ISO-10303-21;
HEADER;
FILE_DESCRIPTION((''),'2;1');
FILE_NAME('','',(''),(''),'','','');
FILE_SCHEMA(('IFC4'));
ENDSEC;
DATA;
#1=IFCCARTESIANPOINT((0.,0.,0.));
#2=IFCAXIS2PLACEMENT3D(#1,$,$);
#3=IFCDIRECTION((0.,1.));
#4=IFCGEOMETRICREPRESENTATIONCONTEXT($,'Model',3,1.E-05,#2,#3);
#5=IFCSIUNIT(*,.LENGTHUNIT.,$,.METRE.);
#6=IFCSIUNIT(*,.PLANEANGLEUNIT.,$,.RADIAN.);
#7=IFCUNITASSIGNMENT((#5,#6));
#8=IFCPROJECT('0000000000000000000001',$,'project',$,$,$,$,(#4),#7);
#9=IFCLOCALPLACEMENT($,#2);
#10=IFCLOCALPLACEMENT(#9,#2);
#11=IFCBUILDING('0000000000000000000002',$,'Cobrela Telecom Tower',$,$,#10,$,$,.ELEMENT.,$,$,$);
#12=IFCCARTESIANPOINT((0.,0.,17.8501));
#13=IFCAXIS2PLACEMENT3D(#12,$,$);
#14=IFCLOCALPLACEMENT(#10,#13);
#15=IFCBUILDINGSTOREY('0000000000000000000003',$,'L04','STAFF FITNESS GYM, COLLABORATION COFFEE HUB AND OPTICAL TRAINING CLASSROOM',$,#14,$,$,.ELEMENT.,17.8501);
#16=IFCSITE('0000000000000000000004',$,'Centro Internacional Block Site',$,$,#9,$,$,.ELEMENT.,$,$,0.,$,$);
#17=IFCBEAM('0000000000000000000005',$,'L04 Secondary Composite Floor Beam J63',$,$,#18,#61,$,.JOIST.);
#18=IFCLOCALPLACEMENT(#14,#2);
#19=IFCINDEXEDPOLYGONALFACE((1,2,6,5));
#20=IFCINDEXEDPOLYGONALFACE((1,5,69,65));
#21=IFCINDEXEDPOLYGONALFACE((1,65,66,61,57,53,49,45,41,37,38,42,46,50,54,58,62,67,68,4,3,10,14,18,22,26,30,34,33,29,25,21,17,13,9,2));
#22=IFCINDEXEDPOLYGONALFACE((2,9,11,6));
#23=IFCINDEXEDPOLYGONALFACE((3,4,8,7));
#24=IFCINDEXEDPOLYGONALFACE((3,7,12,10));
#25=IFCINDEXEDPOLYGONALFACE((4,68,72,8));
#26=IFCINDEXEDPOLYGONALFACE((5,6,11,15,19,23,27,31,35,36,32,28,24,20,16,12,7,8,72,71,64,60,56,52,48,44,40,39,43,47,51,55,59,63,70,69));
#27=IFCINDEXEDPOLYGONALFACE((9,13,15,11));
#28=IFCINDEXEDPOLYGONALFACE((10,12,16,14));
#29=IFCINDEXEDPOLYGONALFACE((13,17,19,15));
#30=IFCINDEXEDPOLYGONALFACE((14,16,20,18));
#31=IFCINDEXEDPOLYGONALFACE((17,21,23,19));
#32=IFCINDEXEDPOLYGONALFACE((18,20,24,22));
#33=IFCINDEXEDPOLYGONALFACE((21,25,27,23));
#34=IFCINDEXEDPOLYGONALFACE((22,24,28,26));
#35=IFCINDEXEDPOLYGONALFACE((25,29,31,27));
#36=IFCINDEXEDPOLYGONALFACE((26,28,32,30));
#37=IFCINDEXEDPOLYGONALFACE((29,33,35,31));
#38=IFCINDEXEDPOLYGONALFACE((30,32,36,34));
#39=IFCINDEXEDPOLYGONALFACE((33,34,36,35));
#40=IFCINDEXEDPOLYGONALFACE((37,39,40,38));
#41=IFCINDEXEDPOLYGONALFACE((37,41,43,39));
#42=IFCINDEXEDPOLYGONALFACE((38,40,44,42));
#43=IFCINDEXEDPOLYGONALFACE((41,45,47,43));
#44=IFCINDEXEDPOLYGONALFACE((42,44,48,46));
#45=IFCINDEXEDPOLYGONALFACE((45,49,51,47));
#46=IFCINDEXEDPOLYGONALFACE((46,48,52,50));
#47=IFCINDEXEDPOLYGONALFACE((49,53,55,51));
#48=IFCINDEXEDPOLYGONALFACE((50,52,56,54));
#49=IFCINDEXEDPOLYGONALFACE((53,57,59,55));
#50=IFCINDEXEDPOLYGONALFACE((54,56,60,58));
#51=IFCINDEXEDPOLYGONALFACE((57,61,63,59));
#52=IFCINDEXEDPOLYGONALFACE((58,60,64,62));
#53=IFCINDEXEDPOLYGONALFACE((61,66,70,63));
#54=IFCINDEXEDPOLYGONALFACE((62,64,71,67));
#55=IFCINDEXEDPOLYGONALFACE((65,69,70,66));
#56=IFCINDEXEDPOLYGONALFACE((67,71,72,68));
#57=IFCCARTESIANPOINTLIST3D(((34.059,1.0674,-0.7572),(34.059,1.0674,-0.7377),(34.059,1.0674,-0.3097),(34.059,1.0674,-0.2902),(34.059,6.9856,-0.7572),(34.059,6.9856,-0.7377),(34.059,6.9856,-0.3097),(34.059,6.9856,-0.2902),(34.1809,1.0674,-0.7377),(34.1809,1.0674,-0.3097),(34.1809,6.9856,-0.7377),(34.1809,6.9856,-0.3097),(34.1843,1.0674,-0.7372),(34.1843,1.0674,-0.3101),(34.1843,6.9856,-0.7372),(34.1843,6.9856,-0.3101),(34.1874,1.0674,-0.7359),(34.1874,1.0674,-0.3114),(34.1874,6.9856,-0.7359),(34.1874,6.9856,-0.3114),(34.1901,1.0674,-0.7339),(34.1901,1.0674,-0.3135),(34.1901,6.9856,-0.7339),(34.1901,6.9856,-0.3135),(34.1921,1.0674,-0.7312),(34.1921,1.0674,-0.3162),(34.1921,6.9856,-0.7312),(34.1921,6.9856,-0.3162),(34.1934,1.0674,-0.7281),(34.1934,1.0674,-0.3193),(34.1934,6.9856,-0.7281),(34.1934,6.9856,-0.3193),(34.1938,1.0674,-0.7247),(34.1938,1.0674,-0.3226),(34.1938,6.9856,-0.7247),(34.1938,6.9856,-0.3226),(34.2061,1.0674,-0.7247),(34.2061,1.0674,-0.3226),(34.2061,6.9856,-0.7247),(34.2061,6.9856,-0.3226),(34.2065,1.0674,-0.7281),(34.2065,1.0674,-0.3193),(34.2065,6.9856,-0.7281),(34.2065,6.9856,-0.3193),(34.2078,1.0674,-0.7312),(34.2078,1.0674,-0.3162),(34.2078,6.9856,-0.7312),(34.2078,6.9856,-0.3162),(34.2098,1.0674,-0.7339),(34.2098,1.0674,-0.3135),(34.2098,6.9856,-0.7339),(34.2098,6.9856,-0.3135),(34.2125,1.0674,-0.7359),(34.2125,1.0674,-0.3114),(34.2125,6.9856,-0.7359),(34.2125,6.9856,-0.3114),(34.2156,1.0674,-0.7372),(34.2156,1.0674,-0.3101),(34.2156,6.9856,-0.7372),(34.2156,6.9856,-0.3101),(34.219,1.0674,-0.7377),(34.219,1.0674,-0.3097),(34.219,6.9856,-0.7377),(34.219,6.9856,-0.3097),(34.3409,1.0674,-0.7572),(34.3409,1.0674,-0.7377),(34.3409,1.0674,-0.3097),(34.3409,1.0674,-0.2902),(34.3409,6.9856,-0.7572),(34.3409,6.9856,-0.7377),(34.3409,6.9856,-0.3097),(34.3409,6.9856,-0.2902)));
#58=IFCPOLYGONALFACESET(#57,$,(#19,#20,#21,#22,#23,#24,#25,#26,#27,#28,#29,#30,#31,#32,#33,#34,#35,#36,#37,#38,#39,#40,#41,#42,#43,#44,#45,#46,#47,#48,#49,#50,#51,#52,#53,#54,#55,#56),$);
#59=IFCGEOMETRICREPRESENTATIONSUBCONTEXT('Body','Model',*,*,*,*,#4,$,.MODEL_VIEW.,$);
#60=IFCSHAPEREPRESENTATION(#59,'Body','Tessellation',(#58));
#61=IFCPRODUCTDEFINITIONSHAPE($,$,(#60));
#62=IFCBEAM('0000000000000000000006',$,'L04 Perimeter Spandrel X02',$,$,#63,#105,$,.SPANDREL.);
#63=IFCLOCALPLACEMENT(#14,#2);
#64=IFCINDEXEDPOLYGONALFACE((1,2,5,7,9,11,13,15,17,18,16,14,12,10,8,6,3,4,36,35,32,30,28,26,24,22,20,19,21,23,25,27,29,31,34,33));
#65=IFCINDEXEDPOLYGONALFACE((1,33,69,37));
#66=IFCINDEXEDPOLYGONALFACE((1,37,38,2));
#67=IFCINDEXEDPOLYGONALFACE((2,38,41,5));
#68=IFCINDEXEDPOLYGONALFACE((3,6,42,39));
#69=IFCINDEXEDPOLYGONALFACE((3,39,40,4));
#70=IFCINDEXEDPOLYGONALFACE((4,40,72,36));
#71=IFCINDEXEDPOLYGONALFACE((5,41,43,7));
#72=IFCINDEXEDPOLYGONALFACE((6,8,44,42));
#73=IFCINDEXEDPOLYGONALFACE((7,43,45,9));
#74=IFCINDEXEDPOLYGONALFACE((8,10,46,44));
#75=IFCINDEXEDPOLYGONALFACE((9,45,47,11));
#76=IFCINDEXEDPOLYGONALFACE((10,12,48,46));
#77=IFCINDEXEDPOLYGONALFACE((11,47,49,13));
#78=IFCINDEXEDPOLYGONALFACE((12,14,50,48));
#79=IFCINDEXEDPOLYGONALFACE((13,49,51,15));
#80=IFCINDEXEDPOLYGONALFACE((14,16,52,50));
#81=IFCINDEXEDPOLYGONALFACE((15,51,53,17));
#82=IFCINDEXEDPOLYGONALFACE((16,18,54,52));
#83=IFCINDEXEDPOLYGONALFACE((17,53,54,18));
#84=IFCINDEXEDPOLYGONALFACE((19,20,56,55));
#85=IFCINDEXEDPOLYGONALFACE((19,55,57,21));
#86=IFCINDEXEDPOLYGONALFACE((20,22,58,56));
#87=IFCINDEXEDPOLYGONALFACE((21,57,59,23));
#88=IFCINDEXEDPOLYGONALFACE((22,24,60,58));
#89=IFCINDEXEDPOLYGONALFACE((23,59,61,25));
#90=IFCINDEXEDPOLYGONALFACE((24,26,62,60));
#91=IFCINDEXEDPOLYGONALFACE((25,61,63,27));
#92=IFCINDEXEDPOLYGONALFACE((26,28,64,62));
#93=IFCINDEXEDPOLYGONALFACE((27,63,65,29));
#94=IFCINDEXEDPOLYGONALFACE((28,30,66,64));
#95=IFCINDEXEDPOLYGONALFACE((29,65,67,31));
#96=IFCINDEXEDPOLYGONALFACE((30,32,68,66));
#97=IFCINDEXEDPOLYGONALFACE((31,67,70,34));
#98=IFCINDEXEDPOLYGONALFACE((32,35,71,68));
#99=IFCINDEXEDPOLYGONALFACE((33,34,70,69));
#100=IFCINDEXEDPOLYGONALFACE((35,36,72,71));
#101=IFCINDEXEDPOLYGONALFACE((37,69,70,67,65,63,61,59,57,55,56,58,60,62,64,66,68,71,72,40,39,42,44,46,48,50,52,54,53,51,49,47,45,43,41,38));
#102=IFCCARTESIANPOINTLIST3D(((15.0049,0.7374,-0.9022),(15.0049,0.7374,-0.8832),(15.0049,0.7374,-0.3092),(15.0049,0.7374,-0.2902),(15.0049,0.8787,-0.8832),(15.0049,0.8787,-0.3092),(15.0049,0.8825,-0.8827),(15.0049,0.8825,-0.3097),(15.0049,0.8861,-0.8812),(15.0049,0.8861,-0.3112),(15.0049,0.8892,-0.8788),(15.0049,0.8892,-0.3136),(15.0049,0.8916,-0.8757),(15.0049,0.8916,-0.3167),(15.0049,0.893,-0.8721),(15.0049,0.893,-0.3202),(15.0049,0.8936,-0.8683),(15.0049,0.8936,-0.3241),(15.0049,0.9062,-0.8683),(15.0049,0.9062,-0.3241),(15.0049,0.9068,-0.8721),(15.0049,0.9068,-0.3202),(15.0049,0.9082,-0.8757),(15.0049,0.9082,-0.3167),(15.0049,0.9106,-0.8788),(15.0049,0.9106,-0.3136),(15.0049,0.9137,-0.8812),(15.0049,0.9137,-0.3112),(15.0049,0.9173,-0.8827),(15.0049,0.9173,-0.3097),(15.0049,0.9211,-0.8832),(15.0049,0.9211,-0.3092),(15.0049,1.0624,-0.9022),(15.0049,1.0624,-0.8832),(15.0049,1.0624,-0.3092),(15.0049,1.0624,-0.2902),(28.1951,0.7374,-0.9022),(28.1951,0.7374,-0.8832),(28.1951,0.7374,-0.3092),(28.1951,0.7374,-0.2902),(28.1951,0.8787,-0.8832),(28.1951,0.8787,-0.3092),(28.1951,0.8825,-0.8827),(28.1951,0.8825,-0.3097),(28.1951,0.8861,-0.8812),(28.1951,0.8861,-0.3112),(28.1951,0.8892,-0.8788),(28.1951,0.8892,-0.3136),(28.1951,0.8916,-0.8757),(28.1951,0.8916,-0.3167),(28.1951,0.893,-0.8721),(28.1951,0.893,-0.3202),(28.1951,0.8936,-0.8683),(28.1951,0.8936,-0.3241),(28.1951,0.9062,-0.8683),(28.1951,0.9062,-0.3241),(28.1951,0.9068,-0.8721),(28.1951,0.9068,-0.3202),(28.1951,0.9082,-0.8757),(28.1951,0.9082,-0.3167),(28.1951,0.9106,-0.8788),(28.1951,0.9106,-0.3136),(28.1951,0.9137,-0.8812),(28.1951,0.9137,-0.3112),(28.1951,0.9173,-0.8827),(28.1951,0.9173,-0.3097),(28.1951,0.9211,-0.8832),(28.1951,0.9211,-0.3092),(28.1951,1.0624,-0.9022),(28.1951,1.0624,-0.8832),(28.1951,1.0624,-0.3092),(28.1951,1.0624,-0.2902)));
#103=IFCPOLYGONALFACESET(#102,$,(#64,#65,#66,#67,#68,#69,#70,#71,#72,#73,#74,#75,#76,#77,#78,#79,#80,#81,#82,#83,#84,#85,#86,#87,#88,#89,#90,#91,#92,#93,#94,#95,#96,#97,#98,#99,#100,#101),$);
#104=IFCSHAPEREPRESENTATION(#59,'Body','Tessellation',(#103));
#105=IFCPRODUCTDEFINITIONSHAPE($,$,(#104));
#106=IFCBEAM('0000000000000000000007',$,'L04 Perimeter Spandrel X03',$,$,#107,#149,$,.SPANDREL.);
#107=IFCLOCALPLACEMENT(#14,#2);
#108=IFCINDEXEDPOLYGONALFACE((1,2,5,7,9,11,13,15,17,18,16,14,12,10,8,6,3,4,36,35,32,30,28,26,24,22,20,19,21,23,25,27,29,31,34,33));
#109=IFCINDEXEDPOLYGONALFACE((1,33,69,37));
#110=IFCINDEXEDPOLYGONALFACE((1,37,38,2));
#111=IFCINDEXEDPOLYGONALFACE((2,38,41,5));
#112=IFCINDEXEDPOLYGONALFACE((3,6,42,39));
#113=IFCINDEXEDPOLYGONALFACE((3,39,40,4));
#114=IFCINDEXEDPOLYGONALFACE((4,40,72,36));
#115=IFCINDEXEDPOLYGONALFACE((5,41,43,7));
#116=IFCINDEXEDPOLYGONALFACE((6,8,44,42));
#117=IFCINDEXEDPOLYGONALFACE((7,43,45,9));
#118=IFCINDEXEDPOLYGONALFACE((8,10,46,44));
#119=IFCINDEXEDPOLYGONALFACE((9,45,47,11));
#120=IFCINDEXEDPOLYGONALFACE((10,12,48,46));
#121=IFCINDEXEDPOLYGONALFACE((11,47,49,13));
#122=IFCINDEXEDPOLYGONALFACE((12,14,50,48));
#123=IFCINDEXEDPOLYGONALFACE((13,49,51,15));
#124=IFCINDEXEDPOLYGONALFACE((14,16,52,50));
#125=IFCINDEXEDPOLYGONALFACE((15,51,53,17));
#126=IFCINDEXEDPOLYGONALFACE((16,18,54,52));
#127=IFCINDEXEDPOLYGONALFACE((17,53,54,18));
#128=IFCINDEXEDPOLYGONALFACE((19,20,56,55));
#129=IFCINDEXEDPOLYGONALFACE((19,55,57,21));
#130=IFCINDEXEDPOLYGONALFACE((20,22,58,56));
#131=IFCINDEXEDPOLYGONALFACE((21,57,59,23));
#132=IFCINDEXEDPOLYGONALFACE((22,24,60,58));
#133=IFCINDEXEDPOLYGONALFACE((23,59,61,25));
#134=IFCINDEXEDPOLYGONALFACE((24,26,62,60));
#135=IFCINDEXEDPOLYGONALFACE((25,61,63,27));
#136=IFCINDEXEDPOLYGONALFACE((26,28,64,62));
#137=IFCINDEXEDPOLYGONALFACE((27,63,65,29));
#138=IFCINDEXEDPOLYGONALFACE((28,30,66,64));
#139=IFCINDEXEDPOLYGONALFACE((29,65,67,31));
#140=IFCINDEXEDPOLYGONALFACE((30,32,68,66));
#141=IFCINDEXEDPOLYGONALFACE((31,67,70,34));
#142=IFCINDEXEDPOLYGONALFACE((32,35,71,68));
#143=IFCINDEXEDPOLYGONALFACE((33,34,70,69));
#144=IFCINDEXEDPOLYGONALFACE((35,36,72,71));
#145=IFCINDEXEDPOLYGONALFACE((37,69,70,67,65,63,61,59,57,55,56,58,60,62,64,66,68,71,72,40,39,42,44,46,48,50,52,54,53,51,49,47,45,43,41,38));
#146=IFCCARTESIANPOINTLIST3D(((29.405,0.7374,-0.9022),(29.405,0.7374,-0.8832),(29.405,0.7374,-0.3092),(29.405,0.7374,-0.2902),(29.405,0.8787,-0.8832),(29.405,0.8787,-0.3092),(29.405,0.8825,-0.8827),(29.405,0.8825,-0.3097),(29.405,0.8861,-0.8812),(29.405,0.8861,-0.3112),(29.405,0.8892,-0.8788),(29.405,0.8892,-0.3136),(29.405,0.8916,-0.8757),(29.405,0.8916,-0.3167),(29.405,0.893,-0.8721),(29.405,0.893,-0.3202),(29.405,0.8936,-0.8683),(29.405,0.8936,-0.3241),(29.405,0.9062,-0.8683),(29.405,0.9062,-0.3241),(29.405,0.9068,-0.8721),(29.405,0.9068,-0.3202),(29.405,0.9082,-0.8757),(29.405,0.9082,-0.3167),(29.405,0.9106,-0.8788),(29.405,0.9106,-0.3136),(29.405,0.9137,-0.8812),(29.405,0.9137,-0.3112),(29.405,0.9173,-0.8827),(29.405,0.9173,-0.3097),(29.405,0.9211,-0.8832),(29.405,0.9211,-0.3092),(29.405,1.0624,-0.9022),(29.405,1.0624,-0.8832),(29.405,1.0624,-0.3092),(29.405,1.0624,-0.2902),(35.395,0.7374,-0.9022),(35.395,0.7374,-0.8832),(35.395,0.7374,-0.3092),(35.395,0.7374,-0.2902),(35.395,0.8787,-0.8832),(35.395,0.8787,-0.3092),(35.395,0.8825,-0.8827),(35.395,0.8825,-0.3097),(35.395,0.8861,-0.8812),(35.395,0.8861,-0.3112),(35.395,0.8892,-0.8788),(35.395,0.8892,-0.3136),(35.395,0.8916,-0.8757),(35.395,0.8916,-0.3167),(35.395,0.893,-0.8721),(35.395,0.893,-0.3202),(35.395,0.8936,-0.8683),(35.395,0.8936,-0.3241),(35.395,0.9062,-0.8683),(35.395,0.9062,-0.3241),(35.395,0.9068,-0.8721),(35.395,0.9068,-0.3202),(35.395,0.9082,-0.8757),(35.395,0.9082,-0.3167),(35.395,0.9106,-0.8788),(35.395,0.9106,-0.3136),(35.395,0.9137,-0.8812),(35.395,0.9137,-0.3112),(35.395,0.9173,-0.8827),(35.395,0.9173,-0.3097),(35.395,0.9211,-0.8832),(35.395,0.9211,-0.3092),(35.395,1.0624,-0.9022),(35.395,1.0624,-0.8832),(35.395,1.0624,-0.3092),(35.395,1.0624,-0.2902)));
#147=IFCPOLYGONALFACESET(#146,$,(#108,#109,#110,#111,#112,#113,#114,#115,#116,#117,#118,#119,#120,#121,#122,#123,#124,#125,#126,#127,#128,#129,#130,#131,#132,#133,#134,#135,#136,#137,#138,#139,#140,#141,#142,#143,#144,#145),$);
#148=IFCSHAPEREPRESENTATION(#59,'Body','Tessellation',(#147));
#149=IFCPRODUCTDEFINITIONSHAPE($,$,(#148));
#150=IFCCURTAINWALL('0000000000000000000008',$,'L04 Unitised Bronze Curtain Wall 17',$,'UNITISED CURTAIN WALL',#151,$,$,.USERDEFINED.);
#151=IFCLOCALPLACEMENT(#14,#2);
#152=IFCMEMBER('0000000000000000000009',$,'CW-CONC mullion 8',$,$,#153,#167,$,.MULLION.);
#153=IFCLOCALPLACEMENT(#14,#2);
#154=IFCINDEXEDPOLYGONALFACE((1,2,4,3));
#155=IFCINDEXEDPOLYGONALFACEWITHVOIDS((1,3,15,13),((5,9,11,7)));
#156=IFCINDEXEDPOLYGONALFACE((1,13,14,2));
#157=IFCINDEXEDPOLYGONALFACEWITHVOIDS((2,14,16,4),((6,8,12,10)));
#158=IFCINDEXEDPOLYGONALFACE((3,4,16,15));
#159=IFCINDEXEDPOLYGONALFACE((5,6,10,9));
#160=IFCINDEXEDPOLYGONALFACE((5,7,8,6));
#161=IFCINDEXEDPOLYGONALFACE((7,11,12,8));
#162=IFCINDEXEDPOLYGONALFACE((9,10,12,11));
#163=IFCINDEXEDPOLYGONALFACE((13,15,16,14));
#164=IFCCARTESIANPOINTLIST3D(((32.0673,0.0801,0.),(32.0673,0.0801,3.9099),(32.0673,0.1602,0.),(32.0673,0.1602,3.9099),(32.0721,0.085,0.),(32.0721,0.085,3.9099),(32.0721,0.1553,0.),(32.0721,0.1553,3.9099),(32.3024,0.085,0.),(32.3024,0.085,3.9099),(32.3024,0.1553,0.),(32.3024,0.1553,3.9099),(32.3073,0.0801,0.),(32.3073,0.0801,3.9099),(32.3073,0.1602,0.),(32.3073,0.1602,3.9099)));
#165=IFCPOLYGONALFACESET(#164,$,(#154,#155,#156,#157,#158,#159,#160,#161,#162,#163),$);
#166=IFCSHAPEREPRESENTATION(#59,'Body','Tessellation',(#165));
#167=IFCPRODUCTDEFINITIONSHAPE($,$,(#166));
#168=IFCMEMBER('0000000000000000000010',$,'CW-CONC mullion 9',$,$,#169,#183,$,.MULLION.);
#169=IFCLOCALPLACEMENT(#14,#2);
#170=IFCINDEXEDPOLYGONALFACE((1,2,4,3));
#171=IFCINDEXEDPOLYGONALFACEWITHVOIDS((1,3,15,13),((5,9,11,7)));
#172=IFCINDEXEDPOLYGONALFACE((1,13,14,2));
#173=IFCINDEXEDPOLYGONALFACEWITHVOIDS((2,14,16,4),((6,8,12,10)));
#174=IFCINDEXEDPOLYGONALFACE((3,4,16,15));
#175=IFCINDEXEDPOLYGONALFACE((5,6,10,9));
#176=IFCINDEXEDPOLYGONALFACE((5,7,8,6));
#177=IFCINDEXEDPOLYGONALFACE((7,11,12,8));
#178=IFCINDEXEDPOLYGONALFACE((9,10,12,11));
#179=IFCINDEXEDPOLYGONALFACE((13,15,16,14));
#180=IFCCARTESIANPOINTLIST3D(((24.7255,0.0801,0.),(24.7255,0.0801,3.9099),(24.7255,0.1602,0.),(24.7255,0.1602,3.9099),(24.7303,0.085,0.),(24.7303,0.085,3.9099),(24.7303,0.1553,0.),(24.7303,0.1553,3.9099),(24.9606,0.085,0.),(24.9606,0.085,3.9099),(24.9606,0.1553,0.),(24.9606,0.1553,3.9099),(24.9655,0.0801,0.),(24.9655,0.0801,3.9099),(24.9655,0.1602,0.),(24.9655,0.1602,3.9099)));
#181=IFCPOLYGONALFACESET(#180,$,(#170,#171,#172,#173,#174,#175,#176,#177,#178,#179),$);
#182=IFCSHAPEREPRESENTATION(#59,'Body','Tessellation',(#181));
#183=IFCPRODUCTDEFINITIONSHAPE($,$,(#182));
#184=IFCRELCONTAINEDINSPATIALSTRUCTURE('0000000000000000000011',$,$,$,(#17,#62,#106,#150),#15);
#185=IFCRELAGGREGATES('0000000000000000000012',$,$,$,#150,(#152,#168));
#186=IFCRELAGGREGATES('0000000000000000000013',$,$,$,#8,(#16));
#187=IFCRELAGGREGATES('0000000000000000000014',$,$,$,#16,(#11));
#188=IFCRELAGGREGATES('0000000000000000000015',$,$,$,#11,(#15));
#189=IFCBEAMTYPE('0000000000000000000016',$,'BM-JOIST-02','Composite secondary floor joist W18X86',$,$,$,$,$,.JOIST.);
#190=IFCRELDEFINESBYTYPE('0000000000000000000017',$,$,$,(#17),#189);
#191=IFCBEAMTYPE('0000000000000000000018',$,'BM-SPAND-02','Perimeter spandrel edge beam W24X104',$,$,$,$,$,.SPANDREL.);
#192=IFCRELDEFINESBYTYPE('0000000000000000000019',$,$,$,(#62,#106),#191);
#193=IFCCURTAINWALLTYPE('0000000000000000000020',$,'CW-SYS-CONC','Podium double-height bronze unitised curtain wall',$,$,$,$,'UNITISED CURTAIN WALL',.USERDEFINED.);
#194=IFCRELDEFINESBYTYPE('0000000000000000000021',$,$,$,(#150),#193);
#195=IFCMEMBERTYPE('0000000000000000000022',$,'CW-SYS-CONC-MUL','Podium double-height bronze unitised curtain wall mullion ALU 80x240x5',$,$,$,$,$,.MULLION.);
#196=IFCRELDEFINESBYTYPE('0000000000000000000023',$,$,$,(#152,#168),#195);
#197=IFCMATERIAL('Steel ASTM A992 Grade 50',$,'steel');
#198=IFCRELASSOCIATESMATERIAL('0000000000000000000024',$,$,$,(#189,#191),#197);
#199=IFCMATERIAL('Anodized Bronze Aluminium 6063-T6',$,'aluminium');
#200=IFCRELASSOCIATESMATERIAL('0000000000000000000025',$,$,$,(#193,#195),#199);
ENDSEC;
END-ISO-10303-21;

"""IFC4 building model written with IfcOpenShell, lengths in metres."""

from ifc_helpers import new_model, si_unit, direction, frame, origin, origin_2d, place, context, subcontext, project, spatial, hollow_rectangle, i_section, extrude, material, material_profile, profile_set, type_object, element, aggregate, save


model = new_model("IFC4")

# Units and contexts
model_context = context("Model", 3, precision=1e-05, world=origin(), true_north=direction((0.0, 1.0)))
body_context = subcontext(model_context, "Body", "Model", "MODEL_VIEW")
ifc_project = project(units=[si_unit("LENGTHUNIT", "METRE"), si_unit("PLANEANGLEUNIT", "RADIAN")], contexts=[model_context])

# Site, building, storey
site_placement = place(None, origin())
site = spatial("IfcSite", under=ifc_project, at=site_placement, Name="Centro Internacional Block Site", CompositionType="ELEMENT", RefElevation=0.0)
building_placement = place(site_placement, origin())
building = spatial("IfcBuilding", under=site, at=building_placement, Name="Cobrela Telecom Tower", CompositionType="ELEMENT")
storey_placement = place(building_placement, frame((0.0, 0.0, 17.8501)))
storey = spatial("IfcBuildingStorey", under=building, at=storey_placement, Name="L04", Description="STAFF FITNESS GYM, COLLABORATION COFFEE HUB AND OPTICAL TRAINING CLASSROOM", CompositionType="ELEMENT", Elevation=17.8501)

# Beams
ifc_material_1 = material(Name="Steel ASTM A992 Grade 50", Category="steel")
ifc_material_profile_1 = material_profile(ifc_material_1, i_section(OverallWidth=0.282, OverallDepth=0.467, WebThickness=0.0122, FlangeThickness=0.0195, FilletRadius=0.0129, at=origin_2d()), Name="W18X86")
ifc_profile_set_1 = profile_set([ifc_material_profile_1], Name="Steel ASTM A992 Grade 50")
beam_type_1 = type_object("IfcBeamType", Name="BM-JOIST-02", Description="Composite secondary floor joist W18X86", PredefinedType="JOIST", material=ifc_profile_set_1)
for number, where, z_axis, x_axis, name in (
    (1, (34.2, 1.0674, -0.5237), (0.0, 1.0, 0.0), (-1.0, 0.0, 0.0), "L04 Secondary Composite Floor Beam J63"),
):
    element("IfcBeam", number, at=place(storey_placement, frame(where, z_axis=z_axis, x_axis=x_axis)), inside=storey, type_object=beam_type_1, Name=name, PredefinedType="JOIST", context=body_context, shape_type="SweptSolid", body=[
        extrude(i_section(OverallWidth=0.282, OverallDepth=0.467, WebThickness=0.0122, FlangeThickness=0.0195, FilletRadius=0.0129, at=origin_2d()), origin(), (0.0, 0.0, 1.0), 5.9182),
    ])
ifc_material_profile_2 = material_profile(ifc_material_1, i_section(OverallWidth=0.325, OverallDepth=0.6121, WebThickness=0.0127, FlangeThickness=0.019, FilletRadius=0.0149, at=origin_2d()), Name="W24X104")
ifc_profile_set_2 = profile_set([ifc_material_profile_2], Name="Steel ASTM A992 Grade 50")
beam_type_2 = type_object("IfcBeamType", Name="BM-SPAND-02", Description="Perimeter spandrel edge beam W24X104", PredefinedType="SPANDREL", material=ifc_profile_set_2)
beam_1_placement = place(storey_placement, frame((15.0049, 0.8999, -0.5962), z_axis=(1.0, 0.0, 0.0), x_axis=(0.0, 1.0, 0.0)))
element("IfcBeam", 2, at=beam_1_placement, inside=storey, type_object=beam_type_2, Name="L04 Perimeter Spandrel X02", PredefinedType="SPANDREL", context=body_context, shape_type="SweptSolid", body=[
    extrude(i_section(OverallWidth=0.325, OverallDepth=0.6121, WebThickness=0.0127, FlangeThickness=0.019, FilletRadius=0.0149, at=origin_2d()), origin(), (0.0, 0.0, 1.0), 13.1902),
])
beam_2_placement = place(storey_placement, frame((29.405, 0.8999, -0.5962), z_axis=(1.0, 0.0, 0.0), x_axis=(0.0, 1.0, 0.0)))
element("IfcBeam", 3, at=beam_2_placement, inside=storey, type_object=beam_type_2, Name="L04 Perimeter Spandrel X03", PredefinedType="SPANDREL", context=body_context, shape_type="SweptSolid", body=[
    extrude(i_section(OverallWidth=0.325, OverallDepth=0.6121, WebThickness=0.0127, FlangeThickness=0.019, FilletRadius=0.0149, at=origin_2d()), origin(), (0.0, 0.0, 1.0), 5.99),
])

# Curtain wall, members
ifc_material_2 = material(Name="Anodized Bronze Aluminium 6063-T6", Category="aluminium")
curtain_wall_type = type_object("IfcCurtainWallType", Name="CW-SYS-CONC", Description="Podium double-height bronze unitised curtain wall", ElementType="UNITISED CURTAIN WALL", PredefinedType="USERDEFINED", material=ifc_material_2)
curtain_wall_placement = place(storey_placement, origin())
curtain_wall = element("IfcCurtainWall", 4, at=curtain_wall_placement, inside=storey, type_object=curtain_wall_type, Name="L04 Unitised Bronze Curtain Wall 17", ObjectType="UNITISED CURTAIN WALL", PredefinedType="USERDEFINED")
ifc_material_profile_3 = material_profile(ifc_material_2, hollow_rectangle(XDim=0.0801, YDim=0.24, WallThickness=0.0049, at=origin_2d()), Name="ALU 80x240x5")
ifc_profile_set_3 = profile_set([ifc_material_profile_3], Name="Anodized Bronze Aluminium 6063-T6")
member_type_1 = type_object("IfcMemberType", Name="CW-SYS-CONC-MUL", Description="Podium double-height bronze unitised curtain wall mullion ALU 80x240x5", PredefinedType="MULLION", material=ifc_profile_set_3)
member_1_placement = place(storey_placement, frame((32.1873, 0.1201, 0.0), z_axis=(0.0, 0.0, 1.0), x_axis=(0.0, -1.0, 0.0)))
member_1 = element("IfcMember", 5, at=member_1_placement, type_object=member_type_1, Name="CW-CONC mullion 8", PredefinedType="MULLION", context=body_context, shape_type="SweptSolid", body=[
    extrude(hollow_rectangle(XDim=0.0801, YDim=0.24, WallThickness=0.0049, at=origin_2d()), origin(), (0.0, 0.0, 1.0), 3.9099),
])
member_2_placement = place(storey_placement, frame((24.8455, 0.1201, 0.0), z_axis=(0.0, 0.0, 1.0), x_axis=(0.0, -1.0, 0.0)))
member_2 = element("IfcMember", 6, at=member_2_placement, type_object=member_type_1, Name="CW-CONC mullion 9", PredefinedType="MULLION", context=body_context, shape_type="SweptSolid", body=[
    extrude(hollow_rectangle(XDim=0.0801, YDim=0.24, WallThickness=0.0049, at=origin_2d()), origin(), (0.0, 0.0, 1.0), 3.9099),
])
aggregate(curtain_wall, [member_1, member_2])

save(model, "model.ifc")
